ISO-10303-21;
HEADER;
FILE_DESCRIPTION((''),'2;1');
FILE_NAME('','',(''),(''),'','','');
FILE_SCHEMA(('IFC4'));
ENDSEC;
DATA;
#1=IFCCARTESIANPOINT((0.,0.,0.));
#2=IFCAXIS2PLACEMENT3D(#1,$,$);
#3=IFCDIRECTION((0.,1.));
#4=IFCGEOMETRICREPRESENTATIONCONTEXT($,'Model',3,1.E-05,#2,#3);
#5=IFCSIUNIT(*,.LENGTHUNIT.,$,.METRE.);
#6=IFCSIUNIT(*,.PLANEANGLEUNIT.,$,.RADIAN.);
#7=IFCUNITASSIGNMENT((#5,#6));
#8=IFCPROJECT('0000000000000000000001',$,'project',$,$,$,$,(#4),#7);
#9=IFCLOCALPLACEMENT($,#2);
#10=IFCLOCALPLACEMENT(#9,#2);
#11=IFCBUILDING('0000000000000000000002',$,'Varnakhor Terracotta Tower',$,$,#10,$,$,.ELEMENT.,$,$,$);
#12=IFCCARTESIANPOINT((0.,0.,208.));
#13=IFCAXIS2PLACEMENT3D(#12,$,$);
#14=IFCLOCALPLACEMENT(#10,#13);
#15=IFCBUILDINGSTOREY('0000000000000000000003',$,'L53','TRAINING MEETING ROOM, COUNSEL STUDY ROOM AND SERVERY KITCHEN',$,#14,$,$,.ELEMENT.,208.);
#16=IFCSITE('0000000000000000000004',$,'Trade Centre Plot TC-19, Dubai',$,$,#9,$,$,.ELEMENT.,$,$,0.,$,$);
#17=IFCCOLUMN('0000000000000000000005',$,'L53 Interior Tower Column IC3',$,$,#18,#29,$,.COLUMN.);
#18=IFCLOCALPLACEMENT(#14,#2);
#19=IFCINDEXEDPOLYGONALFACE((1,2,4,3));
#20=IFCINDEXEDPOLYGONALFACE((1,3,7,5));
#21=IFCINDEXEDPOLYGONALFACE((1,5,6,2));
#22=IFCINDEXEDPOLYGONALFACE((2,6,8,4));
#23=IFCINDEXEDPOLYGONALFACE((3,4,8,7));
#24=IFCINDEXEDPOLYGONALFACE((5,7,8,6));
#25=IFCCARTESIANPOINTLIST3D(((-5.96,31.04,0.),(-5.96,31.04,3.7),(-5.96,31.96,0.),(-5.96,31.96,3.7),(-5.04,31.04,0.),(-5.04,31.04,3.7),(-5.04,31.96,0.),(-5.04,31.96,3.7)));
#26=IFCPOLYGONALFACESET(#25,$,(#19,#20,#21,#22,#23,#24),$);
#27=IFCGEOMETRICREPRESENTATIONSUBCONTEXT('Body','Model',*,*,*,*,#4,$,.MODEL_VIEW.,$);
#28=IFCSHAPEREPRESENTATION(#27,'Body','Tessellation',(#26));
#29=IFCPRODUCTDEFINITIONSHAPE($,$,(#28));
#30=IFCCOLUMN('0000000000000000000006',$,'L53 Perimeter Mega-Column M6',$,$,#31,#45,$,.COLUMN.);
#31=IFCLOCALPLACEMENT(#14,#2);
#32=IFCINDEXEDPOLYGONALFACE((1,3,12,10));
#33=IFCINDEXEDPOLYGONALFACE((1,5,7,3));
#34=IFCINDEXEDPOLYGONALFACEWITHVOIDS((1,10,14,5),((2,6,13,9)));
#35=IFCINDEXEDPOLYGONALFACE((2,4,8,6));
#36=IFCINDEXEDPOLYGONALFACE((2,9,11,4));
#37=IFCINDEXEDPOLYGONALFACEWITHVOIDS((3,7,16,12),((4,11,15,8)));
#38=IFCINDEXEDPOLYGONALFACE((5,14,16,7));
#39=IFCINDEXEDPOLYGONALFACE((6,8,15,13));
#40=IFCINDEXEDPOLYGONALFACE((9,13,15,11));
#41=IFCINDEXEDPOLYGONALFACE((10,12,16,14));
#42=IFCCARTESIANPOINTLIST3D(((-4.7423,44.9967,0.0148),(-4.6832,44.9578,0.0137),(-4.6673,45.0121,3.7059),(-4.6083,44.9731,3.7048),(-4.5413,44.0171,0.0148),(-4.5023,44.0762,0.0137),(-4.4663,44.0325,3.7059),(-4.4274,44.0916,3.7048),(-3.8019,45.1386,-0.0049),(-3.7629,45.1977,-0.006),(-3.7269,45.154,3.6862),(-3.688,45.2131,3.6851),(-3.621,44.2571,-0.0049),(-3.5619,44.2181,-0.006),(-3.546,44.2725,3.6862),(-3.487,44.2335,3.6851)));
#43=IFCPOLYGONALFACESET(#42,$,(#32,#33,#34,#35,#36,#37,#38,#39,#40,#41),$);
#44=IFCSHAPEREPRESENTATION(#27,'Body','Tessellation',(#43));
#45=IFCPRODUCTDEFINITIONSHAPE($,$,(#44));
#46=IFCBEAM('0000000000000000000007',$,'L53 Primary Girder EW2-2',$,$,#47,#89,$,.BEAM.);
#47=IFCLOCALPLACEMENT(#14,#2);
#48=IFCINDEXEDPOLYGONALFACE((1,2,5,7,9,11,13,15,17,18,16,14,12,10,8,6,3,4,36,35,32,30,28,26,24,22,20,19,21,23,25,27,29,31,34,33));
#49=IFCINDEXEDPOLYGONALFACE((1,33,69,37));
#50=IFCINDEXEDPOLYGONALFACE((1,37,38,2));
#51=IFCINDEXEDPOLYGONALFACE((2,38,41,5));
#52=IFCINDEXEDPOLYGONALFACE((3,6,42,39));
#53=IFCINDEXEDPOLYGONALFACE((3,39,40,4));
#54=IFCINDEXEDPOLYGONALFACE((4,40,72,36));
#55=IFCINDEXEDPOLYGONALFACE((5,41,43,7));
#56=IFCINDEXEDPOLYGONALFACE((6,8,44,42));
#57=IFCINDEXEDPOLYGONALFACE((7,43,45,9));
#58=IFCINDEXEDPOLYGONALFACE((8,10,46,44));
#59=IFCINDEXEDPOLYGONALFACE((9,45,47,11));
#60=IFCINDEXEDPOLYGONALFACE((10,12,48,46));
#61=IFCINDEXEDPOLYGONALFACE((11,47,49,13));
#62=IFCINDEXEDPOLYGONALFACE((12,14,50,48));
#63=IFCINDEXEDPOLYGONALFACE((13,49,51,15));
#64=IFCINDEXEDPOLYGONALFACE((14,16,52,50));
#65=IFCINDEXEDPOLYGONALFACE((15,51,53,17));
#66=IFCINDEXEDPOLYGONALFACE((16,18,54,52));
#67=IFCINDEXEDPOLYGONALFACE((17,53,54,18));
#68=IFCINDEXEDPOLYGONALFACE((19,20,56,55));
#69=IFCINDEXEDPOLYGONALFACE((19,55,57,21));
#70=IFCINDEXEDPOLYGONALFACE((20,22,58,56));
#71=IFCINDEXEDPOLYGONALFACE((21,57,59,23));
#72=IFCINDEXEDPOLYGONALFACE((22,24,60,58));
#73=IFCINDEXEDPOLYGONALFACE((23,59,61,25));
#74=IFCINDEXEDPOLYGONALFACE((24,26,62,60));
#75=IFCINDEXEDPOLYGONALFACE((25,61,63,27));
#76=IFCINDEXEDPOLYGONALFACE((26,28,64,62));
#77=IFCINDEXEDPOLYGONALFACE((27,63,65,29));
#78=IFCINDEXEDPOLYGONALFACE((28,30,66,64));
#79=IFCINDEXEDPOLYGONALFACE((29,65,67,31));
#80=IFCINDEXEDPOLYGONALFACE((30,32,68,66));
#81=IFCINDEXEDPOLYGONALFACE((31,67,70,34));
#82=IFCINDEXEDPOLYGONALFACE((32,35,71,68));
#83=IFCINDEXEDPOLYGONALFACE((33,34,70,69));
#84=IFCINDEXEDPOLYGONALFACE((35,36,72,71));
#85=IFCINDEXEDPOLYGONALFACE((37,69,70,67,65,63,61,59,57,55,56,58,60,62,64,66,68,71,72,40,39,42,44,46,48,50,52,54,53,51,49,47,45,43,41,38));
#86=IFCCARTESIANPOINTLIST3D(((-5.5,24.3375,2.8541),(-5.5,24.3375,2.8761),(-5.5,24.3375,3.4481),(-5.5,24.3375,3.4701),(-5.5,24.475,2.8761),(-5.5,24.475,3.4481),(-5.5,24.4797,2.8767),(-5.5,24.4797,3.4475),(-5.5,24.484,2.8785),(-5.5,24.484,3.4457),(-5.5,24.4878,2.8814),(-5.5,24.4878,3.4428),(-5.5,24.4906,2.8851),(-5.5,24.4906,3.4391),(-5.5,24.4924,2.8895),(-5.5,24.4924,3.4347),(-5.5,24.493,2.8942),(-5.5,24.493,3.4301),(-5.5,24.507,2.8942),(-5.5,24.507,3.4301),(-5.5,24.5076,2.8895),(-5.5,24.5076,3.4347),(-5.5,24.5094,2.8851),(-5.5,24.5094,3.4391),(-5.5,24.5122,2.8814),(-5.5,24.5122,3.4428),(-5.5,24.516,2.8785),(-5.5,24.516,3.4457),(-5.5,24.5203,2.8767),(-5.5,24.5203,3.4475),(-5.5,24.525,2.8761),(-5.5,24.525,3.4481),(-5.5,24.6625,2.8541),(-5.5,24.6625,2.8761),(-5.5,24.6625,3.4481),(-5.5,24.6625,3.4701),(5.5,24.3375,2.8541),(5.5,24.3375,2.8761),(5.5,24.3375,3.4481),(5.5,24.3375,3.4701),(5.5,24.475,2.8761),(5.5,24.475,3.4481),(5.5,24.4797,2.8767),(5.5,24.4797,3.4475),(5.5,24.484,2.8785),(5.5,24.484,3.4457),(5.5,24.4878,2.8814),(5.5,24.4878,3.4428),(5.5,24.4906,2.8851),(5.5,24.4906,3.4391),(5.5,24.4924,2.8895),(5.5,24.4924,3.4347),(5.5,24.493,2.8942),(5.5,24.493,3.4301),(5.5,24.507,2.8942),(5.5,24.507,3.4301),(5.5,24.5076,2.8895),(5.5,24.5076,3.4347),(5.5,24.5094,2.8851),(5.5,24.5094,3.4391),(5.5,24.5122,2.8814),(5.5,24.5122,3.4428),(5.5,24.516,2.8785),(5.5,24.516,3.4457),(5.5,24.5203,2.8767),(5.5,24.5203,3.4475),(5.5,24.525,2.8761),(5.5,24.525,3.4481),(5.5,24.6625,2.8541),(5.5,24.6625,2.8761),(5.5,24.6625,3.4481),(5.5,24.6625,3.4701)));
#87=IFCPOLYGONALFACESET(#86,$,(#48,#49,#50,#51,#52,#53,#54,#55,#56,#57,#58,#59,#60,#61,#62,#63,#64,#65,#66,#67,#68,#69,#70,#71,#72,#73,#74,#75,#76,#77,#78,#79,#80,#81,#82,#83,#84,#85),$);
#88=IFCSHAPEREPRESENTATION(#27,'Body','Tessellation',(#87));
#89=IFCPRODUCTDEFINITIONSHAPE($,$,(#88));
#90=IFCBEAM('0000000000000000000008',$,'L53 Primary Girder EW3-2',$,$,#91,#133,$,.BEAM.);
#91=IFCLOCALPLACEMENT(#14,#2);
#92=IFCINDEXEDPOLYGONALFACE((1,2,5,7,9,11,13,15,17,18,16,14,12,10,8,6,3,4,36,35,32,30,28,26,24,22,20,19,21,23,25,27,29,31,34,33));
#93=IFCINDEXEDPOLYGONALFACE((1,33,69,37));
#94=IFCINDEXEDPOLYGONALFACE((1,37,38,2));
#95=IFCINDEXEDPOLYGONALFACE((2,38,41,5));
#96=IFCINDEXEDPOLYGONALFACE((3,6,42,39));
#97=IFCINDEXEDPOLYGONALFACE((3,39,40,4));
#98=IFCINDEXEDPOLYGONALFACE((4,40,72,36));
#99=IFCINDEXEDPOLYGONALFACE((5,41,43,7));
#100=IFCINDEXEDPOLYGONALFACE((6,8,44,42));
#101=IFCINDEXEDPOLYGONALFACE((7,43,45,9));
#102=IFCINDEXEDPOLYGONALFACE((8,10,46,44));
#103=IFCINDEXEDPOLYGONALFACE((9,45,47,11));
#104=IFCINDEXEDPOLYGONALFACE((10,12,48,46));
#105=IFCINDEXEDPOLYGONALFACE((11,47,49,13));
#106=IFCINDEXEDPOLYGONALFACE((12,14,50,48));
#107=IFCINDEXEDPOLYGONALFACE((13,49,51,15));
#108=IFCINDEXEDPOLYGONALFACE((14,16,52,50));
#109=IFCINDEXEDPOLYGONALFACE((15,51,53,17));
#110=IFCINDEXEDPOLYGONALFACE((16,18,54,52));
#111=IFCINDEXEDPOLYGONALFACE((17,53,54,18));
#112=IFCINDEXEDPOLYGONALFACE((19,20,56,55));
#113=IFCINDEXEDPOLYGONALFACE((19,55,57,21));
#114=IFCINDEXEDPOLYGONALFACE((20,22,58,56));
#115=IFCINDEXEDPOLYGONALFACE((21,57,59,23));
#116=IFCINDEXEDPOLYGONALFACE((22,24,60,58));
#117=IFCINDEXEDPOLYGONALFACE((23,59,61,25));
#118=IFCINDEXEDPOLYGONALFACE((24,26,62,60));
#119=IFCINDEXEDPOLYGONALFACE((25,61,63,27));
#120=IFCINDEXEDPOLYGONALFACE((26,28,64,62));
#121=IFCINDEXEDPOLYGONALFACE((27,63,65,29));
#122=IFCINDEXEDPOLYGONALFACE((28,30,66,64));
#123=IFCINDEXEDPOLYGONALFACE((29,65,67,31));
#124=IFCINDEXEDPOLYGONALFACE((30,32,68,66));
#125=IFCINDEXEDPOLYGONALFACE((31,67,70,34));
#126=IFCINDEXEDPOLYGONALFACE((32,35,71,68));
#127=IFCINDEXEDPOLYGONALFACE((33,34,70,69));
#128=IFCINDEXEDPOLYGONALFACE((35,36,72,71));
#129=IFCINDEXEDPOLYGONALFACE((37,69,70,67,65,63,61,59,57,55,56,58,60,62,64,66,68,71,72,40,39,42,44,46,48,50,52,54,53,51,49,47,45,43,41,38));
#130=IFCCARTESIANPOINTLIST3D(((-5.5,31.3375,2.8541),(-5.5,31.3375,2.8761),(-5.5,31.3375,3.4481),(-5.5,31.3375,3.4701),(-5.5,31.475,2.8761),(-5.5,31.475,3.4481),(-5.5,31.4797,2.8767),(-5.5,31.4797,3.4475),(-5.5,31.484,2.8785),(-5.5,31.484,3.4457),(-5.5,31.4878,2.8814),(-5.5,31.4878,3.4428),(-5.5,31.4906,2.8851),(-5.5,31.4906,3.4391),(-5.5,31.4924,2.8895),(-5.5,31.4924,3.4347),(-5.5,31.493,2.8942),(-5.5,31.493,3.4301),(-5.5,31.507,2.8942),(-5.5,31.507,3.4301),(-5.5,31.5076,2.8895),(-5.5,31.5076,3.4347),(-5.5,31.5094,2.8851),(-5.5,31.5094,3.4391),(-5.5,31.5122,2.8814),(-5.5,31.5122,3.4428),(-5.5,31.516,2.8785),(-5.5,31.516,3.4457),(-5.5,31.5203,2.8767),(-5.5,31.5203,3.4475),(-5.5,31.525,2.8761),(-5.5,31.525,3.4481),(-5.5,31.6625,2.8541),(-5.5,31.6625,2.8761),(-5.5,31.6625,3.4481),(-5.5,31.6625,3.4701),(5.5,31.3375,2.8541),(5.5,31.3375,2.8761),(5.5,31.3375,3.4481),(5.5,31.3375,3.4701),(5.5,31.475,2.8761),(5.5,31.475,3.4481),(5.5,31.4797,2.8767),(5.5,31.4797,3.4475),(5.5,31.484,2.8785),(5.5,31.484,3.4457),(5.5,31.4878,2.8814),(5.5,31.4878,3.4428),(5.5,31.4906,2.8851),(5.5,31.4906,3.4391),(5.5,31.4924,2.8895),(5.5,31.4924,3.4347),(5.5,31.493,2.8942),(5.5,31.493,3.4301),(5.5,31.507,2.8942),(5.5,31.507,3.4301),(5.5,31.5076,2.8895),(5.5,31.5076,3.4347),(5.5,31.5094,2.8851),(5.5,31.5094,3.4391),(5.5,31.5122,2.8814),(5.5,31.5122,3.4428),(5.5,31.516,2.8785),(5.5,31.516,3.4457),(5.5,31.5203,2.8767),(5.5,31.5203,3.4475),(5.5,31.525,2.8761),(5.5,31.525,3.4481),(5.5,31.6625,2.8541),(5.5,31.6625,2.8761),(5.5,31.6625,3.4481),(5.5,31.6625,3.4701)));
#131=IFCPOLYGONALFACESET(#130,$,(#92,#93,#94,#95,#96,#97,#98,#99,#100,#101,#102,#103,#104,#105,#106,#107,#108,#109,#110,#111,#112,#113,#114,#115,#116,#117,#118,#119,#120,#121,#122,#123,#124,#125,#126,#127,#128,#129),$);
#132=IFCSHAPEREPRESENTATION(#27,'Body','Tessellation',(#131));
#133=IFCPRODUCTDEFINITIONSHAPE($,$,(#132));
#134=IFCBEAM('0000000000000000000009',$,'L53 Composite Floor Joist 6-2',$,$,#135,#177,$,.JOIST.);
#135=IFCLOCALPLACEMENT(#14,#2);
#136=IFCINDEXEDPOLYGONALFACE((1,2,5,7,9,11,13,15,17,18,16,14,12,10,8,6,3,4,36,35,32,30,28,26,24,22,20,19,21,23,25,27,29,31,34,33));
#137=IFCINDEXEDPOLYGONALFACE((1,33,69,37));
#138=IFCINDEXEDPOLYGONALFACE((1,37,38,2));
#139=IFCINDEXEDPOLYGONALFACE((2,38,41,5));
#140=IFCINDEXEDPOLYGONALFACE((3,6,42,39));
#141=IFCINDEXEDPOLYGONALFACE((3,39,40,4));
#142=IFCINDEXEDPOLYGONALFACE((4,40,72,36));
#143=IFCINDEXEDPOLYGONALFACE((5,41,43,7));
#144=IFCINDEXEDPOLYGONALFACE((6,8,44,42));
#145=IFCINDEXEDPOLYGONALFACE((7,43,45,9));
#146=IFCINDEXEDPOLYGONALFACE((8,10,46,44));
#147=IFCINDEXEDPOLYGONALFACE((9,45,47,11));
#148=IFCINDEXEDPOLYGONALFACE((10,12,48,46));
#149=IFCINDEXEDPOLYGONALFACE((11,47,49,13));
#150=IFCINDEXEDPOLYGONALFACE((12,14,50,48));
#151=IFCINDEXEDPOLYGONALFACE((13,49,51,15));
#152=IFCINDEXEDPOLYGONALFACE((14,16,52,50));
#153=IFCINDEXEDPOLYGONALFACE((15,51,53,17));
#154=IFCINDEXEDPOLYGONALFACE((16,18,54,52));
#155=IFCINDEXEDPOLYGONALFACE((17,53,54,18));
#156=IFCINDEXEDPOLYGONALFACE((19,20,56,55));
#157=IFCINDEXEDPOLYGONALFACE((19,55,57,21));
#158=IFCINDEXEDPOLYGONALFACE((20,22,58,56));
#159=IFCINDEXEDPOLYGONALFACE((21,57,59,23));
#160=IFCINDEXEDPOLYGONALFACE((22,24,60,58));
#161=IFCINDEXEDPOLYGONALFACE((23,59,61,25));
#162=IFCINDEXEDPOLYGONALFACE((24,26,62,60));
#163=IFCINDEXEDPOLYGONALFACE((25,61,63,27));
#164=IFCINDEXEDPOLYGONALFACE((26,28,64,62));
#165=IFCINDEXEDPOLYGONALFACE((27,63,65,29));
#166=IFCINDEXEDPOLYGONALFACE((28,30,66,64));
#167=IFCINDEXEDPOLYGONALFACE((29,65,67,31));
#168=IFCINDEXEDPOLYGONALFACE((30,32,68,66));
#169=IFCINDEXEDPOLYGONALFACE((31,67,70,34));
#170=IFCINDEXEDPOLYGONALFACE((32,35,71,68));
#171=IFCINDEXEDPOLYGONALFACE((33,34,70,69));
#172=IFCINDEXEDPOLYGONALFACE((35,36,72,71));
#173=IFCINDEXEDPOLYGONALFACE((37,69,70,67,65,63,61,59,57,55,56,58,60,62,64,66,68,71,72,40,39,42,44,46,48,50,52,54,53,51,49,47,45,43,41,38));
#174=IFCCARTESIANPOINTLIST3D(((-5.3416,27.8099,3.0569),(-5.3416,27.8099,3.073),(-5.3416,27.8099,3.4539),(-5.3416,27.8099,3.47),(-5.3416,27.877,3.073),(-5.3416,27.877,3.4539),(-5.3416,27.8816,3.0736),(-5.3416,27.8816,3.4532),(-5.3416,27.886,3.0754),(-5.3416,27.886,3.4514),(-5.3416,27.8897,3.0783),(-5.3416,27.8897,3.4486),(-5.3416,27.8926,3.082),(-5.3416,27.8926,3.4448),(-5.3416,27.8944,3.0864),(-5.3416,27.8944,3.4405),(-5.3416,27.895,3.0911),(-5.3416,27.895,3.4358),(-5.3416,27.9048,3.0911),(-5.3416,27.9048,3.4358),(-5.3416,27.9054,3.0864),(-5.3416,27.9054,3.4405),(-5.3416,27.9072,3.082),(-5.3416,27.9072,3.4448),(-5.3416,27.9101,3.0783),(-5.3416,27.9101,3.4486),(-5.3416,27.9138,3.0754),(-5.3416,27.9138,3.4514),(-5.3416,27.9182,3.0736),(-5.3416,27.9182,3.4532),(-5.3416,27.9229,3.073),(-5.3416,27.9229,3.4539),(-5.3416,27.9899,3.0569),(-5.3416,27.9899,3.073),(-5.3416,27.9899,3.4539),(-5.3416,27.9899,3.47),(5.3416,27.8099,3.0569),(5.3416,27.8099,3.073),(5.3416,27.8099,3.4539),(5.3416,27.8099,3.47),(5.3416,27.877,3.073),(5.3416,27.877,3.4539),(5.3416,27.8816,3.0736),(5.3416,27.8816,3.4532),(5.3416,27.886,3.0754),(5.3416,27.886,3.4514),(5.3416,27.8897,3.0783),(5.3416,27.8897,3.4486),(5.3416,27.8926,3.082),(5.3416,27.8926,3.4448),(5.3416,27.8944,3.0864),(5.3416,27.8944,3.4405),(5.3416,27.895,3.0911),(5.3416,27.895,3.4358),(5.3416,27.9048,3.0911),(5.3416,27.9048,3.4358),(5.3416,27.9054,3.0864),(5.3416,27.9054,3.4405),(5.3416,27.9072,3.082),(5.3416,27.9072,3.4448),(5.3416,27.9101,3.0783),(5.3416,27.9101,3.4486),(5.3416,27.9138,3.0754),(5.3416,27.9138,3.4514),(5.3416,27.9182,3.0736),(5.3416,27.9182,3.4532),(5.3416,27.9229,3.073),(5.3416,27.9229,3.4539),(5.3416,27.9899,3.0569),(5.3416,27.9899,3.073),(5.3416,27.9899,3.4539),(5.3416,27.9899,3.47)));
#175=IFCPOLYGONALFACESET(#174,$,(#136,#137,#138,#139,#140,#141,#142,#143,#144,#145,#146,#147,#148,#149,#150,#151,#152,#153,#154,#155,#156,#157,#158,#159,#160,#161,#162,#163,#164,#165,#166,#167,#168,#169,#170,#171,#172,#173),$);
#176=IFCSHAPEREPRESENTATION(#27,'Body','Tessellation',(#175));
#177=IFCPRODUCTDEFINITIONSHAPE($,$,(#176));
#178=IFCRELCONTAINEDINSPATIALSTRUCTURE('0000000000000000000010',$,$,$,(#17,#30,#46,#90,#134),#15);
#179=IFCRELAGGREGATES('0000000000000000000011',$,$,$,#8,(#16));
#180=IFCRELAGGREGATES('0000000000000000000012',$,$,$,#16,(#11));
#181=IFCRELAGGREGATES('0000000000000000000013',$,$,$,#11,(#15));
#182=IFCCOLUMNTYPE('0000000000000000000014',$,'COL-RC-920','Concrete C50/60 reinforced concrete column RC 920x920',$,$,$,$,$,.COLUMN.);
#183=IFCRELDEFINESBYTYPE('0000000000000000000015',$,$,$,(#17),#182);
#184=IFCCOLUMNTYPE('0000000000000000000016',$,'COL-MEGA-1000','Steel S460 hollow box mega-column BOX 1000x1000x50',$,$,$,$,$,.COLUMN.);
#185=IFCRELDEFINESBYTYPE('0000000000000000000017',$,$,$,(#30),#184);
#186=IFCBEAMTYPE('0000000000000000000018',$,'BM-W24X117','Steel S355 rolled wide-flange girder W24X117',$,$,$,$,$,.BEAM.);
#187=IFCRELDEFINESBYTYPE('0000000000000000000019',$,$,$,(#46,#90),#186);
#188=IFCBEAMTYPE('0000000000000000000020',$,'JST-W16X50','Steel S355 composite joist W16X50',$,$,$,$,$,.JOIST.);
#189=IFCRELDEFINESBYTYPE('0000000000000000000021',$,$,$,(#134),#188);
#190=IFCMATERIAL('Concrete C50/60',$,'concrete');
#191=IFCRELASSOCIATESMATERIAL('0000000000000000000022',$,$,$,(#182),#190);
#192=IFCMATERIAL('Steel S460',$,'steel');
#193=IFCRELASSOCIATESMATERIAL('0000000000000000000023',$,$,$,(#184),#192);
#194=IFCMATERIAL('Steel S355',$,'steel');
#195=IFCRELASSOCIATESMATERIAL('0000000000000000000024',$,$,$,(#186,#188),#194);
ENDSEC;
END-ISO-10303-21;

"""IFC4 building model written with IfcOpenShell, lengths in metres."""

from ifc_helpers import new_model, si_unit, direction, frame, origin, origin_2d, place, context, subcontext, project, spatial, rectangle, hollow_rectangle, i_section, extrude, source, transform, mapped, material, material_profile, profile_set, type_object, element, save


model = new_model("IFC4")

# Units and contexts
model_context = context("Model", 3, precision=1e-05, world=origin(), true_north=direction((0.0, 1.0)))
body_context = subcontext(model_context, "Body", "Model", "MODEL_VIEW")
ifc_project = project(units=[si_unit("LENGTHUNIT", "METRE"), si_unit("PLANEANGLEUNIT", "RADIAN")], contexts=[model_context])

# Site, building, storey
site_placement = place(None, origin())
site = spatial("IfcSite", under=ifc_project, at=site_placement, Name="Trade Centre Plot TC-19, Dubai", CompositionType="ELEMENT", RefElevation=0.0)
building_placement = place(site_placement, origin())
building = spatial("IfcBuilding", under=site, at=building_placement, Name="Varnakhor Terracotta Tower", CompositionType="ELEMENT")
storey_placement = place(building_placement, frame((0.0, 0.0, 208.0)))
storey = spatial("IfcBuildingStorey", under=building, at=storey_placement, Name="L53", Description="TRAINING MEETING ROOM, COUNSEL STUDY ROOM AND SERVERY KITCHEN", CompositionType="ELEMENT", Elevation=208.0)

# Columns
ifc_material_1 = material(Name="Concrete C50/60", Category="concrete")
ifc_material_profile_1 = material_profile(ifc_material_1, rectangle(XDim=0.9199, YDim=0.9199, at=origin_2d()), Name="RC 920x920")
ifc_profile_set_1 = profile_set([ifc_material_profile_1], Name="Concrete C50/60")
column_type_1 = type_object("IfcColumnType", Name="COL-RC-920", Description="Concrete C50/60 reinforced concrete column RC 920x920", PredefinedType="COLUMN", material=ifc_profile_set_1)
shared_shape_1 = source(origin(), body_context, "Body", "SweptSolid", [
    extrude(rectangle(XDim=0.9199, YDim=0.9199, at=origin_2d()), origin(), (0.0, 0.0, 1.0), 3.7),
])
column_1_placement = place(storey_placement, frame((-5.5, 31.5, 0.0), z_axis=(0.0, 0.0, 1.0), x_axis=(1.0, 0.0, 0.0)))
element("IfcColumn", 1, at=column_1_placement, inside=storey, type_object=column_type_1, Name="L53 Interior Tower Column IC3", PredefinedType="COLUMN", context=body_context, shape_type="MappedRepresentation", body=[
    mapped(shared_shape_1, transform((0.0, 0.0, 0.0), scale=1.0)),
])
ifc_material_2 = material(Name="Steel S460", Category="steel")
ifc_material_profile_2 = material_profile(ifc_material_2, hollow_rectangle(XDim=1.0, YDim=1.0, WallThickness=0.05, at=origin_2d()), Name="BOX 1000x1000x50")
ifc_profile_set_2 = profile_set([ifc_material_profile_2], Name="Steel S460")
column_type_2 = type_object("IfcColumnType", Name="COL-MEGA-1000", Description="Steel S460 hollow box mega-column BOX 1000x1000x50", PredefinedType="COLUMN", material=ifc_profile_set_2)
shared_shape_2 = source(origin(), body_context, "Body", "SweptSolid", [
    extrude(hollow_rectangle(XDim=1.0, YDim=1.0, WallThickness=0.05, at=origin_2d()), origin(), (0.0, 0.0, 1.0), 3.6919),
])
column_2_placement = place(storey_placement, frame((-4.1521, 44.6074, 0.0044), z_axis=(0.020301, 0.004166, 0.999785), x_axis=(-0.201023, 0.979587, 0.0)))
element("IfcColumn", 2, at=column_2_placement, inside=storey, type_object=column_type_2, Name="L53 Perimeter Mega-Column M6", PredefinedType="COLUMN", context=body_context, shape_type="MappedRepresentation", body=[
    mapped(shared_shape_2, transform((0.0, 0.0, 0.0), scale=1.0)),
])

# Beams
ifc_material_3 = material(Name="Steel S355", Category="steel")
ifc_material_profile_3 = material_profile(ifc_material_3, i_section(OverallWidth=0.325, OverallDepth=0.616, WebThickness=0.0139, FlangeThickness=0.022, FilletRadius=0.0181, at=origin_2d()), Name="W24X117")
ifc_profile_set_3 = profile_set([ifc_material_profile_3], Name="Steel S355")
beam_type_1 = type_object("IfcBeamType", Name="BM-W24X117", Description="Steel S355 rolled wide-flange girder W24X117", PredefinedType="BEAM", material=ifc_profile_set_3)
shared_shape_3 = source(origin(), body_context, "Body", "SweptSolid", [
    extrude(i_section(OverallWidth=0.325, OverallDepth=0.616, WebThickness=0.0139, FlangeThickness=0.022, FilletRadius=0.0181, at=origin_2d()), origin(), (0.0, 0.0, 1.0), 11.0),
])
for number, where, z_axis, x_axis, name in (
    (3, (-5.5, 24.5, 3.1621), (1.0, 0.0, 0.0), (0.0, 1.0, 0.0), "L53 Primary Girder EW2-2"),
    (4, (-5.5, 31.5, 3.1621), (1.0, 0.0, 0.0), (0.0, 1.0, 0.0), "L53 Primary Girder EW3-2"),
):
    element("IfcBeam", number, at=place(storey_placement, frame(where, z_axis=z_axis, x_axis=x_axis)), inside=storey, type_object=beam_type_1, Name=name, PredefinedType="BEAM", context=body_context, shape_type="MappedRepresentation", body=[
        mapped(shared_shape_3, transform((0.0, 0.0, 0.0), scale=1.0)),
    ])
ifc_material_profile_4 = material_profile(ifc_material_3, i_section(OverallWidth=0.1799, OverallDepth=0.4131, WebThickness=0.0098, FlangeThickness=0.0161, FilletRadius=0.0181, at=origin_2d()), Name="W16X50")
ifc_profile_set_4 = profile_set([ifc_material_profile_4], Name="Steel S355")
beam_type_2 = type_object("IfcBeamType", Name="JST-W16X50", Description="Steel S355 composite joist W16X50", PredefinedType="JOIST", material=ifc_profile_set_4)
shared_shape_4 = source(origin(), body_context, "Body", "SweptSolid", [
    extrude(i_section(OverallWidth=0.1799, OverallDepth=0.4131, WebThickness=0.0098, FlangeThickness=0.0161, FilletRadius=0.0181, at=origin_2d()), origin(), (0.0, 0.0, 1.0), 10.6831),
])
for number, where, z_axis, x_axis, name in (
    (5, (-5.3416, 27.8999, 3.2634), (1.0, 0.0, 0.0), (0.0, 1.0, 0.0), "L53 Composite Floor Joist 6-2"),
):
    element("IfcBeam", number, at=place(storey_placement, frame(where, z_axis=z_axis, x_axis=x_axis)), inside=storey, type_object=beam_type_2, Name=name, PredefinedType="JOIST", context=body_context, shape_type="MappedRepresentation", body=[
        mapped(shared_shape_4, transform((0.0, 0.0, 0.0), scale=1.0)),
    ])

save(model, "model.ifc")
